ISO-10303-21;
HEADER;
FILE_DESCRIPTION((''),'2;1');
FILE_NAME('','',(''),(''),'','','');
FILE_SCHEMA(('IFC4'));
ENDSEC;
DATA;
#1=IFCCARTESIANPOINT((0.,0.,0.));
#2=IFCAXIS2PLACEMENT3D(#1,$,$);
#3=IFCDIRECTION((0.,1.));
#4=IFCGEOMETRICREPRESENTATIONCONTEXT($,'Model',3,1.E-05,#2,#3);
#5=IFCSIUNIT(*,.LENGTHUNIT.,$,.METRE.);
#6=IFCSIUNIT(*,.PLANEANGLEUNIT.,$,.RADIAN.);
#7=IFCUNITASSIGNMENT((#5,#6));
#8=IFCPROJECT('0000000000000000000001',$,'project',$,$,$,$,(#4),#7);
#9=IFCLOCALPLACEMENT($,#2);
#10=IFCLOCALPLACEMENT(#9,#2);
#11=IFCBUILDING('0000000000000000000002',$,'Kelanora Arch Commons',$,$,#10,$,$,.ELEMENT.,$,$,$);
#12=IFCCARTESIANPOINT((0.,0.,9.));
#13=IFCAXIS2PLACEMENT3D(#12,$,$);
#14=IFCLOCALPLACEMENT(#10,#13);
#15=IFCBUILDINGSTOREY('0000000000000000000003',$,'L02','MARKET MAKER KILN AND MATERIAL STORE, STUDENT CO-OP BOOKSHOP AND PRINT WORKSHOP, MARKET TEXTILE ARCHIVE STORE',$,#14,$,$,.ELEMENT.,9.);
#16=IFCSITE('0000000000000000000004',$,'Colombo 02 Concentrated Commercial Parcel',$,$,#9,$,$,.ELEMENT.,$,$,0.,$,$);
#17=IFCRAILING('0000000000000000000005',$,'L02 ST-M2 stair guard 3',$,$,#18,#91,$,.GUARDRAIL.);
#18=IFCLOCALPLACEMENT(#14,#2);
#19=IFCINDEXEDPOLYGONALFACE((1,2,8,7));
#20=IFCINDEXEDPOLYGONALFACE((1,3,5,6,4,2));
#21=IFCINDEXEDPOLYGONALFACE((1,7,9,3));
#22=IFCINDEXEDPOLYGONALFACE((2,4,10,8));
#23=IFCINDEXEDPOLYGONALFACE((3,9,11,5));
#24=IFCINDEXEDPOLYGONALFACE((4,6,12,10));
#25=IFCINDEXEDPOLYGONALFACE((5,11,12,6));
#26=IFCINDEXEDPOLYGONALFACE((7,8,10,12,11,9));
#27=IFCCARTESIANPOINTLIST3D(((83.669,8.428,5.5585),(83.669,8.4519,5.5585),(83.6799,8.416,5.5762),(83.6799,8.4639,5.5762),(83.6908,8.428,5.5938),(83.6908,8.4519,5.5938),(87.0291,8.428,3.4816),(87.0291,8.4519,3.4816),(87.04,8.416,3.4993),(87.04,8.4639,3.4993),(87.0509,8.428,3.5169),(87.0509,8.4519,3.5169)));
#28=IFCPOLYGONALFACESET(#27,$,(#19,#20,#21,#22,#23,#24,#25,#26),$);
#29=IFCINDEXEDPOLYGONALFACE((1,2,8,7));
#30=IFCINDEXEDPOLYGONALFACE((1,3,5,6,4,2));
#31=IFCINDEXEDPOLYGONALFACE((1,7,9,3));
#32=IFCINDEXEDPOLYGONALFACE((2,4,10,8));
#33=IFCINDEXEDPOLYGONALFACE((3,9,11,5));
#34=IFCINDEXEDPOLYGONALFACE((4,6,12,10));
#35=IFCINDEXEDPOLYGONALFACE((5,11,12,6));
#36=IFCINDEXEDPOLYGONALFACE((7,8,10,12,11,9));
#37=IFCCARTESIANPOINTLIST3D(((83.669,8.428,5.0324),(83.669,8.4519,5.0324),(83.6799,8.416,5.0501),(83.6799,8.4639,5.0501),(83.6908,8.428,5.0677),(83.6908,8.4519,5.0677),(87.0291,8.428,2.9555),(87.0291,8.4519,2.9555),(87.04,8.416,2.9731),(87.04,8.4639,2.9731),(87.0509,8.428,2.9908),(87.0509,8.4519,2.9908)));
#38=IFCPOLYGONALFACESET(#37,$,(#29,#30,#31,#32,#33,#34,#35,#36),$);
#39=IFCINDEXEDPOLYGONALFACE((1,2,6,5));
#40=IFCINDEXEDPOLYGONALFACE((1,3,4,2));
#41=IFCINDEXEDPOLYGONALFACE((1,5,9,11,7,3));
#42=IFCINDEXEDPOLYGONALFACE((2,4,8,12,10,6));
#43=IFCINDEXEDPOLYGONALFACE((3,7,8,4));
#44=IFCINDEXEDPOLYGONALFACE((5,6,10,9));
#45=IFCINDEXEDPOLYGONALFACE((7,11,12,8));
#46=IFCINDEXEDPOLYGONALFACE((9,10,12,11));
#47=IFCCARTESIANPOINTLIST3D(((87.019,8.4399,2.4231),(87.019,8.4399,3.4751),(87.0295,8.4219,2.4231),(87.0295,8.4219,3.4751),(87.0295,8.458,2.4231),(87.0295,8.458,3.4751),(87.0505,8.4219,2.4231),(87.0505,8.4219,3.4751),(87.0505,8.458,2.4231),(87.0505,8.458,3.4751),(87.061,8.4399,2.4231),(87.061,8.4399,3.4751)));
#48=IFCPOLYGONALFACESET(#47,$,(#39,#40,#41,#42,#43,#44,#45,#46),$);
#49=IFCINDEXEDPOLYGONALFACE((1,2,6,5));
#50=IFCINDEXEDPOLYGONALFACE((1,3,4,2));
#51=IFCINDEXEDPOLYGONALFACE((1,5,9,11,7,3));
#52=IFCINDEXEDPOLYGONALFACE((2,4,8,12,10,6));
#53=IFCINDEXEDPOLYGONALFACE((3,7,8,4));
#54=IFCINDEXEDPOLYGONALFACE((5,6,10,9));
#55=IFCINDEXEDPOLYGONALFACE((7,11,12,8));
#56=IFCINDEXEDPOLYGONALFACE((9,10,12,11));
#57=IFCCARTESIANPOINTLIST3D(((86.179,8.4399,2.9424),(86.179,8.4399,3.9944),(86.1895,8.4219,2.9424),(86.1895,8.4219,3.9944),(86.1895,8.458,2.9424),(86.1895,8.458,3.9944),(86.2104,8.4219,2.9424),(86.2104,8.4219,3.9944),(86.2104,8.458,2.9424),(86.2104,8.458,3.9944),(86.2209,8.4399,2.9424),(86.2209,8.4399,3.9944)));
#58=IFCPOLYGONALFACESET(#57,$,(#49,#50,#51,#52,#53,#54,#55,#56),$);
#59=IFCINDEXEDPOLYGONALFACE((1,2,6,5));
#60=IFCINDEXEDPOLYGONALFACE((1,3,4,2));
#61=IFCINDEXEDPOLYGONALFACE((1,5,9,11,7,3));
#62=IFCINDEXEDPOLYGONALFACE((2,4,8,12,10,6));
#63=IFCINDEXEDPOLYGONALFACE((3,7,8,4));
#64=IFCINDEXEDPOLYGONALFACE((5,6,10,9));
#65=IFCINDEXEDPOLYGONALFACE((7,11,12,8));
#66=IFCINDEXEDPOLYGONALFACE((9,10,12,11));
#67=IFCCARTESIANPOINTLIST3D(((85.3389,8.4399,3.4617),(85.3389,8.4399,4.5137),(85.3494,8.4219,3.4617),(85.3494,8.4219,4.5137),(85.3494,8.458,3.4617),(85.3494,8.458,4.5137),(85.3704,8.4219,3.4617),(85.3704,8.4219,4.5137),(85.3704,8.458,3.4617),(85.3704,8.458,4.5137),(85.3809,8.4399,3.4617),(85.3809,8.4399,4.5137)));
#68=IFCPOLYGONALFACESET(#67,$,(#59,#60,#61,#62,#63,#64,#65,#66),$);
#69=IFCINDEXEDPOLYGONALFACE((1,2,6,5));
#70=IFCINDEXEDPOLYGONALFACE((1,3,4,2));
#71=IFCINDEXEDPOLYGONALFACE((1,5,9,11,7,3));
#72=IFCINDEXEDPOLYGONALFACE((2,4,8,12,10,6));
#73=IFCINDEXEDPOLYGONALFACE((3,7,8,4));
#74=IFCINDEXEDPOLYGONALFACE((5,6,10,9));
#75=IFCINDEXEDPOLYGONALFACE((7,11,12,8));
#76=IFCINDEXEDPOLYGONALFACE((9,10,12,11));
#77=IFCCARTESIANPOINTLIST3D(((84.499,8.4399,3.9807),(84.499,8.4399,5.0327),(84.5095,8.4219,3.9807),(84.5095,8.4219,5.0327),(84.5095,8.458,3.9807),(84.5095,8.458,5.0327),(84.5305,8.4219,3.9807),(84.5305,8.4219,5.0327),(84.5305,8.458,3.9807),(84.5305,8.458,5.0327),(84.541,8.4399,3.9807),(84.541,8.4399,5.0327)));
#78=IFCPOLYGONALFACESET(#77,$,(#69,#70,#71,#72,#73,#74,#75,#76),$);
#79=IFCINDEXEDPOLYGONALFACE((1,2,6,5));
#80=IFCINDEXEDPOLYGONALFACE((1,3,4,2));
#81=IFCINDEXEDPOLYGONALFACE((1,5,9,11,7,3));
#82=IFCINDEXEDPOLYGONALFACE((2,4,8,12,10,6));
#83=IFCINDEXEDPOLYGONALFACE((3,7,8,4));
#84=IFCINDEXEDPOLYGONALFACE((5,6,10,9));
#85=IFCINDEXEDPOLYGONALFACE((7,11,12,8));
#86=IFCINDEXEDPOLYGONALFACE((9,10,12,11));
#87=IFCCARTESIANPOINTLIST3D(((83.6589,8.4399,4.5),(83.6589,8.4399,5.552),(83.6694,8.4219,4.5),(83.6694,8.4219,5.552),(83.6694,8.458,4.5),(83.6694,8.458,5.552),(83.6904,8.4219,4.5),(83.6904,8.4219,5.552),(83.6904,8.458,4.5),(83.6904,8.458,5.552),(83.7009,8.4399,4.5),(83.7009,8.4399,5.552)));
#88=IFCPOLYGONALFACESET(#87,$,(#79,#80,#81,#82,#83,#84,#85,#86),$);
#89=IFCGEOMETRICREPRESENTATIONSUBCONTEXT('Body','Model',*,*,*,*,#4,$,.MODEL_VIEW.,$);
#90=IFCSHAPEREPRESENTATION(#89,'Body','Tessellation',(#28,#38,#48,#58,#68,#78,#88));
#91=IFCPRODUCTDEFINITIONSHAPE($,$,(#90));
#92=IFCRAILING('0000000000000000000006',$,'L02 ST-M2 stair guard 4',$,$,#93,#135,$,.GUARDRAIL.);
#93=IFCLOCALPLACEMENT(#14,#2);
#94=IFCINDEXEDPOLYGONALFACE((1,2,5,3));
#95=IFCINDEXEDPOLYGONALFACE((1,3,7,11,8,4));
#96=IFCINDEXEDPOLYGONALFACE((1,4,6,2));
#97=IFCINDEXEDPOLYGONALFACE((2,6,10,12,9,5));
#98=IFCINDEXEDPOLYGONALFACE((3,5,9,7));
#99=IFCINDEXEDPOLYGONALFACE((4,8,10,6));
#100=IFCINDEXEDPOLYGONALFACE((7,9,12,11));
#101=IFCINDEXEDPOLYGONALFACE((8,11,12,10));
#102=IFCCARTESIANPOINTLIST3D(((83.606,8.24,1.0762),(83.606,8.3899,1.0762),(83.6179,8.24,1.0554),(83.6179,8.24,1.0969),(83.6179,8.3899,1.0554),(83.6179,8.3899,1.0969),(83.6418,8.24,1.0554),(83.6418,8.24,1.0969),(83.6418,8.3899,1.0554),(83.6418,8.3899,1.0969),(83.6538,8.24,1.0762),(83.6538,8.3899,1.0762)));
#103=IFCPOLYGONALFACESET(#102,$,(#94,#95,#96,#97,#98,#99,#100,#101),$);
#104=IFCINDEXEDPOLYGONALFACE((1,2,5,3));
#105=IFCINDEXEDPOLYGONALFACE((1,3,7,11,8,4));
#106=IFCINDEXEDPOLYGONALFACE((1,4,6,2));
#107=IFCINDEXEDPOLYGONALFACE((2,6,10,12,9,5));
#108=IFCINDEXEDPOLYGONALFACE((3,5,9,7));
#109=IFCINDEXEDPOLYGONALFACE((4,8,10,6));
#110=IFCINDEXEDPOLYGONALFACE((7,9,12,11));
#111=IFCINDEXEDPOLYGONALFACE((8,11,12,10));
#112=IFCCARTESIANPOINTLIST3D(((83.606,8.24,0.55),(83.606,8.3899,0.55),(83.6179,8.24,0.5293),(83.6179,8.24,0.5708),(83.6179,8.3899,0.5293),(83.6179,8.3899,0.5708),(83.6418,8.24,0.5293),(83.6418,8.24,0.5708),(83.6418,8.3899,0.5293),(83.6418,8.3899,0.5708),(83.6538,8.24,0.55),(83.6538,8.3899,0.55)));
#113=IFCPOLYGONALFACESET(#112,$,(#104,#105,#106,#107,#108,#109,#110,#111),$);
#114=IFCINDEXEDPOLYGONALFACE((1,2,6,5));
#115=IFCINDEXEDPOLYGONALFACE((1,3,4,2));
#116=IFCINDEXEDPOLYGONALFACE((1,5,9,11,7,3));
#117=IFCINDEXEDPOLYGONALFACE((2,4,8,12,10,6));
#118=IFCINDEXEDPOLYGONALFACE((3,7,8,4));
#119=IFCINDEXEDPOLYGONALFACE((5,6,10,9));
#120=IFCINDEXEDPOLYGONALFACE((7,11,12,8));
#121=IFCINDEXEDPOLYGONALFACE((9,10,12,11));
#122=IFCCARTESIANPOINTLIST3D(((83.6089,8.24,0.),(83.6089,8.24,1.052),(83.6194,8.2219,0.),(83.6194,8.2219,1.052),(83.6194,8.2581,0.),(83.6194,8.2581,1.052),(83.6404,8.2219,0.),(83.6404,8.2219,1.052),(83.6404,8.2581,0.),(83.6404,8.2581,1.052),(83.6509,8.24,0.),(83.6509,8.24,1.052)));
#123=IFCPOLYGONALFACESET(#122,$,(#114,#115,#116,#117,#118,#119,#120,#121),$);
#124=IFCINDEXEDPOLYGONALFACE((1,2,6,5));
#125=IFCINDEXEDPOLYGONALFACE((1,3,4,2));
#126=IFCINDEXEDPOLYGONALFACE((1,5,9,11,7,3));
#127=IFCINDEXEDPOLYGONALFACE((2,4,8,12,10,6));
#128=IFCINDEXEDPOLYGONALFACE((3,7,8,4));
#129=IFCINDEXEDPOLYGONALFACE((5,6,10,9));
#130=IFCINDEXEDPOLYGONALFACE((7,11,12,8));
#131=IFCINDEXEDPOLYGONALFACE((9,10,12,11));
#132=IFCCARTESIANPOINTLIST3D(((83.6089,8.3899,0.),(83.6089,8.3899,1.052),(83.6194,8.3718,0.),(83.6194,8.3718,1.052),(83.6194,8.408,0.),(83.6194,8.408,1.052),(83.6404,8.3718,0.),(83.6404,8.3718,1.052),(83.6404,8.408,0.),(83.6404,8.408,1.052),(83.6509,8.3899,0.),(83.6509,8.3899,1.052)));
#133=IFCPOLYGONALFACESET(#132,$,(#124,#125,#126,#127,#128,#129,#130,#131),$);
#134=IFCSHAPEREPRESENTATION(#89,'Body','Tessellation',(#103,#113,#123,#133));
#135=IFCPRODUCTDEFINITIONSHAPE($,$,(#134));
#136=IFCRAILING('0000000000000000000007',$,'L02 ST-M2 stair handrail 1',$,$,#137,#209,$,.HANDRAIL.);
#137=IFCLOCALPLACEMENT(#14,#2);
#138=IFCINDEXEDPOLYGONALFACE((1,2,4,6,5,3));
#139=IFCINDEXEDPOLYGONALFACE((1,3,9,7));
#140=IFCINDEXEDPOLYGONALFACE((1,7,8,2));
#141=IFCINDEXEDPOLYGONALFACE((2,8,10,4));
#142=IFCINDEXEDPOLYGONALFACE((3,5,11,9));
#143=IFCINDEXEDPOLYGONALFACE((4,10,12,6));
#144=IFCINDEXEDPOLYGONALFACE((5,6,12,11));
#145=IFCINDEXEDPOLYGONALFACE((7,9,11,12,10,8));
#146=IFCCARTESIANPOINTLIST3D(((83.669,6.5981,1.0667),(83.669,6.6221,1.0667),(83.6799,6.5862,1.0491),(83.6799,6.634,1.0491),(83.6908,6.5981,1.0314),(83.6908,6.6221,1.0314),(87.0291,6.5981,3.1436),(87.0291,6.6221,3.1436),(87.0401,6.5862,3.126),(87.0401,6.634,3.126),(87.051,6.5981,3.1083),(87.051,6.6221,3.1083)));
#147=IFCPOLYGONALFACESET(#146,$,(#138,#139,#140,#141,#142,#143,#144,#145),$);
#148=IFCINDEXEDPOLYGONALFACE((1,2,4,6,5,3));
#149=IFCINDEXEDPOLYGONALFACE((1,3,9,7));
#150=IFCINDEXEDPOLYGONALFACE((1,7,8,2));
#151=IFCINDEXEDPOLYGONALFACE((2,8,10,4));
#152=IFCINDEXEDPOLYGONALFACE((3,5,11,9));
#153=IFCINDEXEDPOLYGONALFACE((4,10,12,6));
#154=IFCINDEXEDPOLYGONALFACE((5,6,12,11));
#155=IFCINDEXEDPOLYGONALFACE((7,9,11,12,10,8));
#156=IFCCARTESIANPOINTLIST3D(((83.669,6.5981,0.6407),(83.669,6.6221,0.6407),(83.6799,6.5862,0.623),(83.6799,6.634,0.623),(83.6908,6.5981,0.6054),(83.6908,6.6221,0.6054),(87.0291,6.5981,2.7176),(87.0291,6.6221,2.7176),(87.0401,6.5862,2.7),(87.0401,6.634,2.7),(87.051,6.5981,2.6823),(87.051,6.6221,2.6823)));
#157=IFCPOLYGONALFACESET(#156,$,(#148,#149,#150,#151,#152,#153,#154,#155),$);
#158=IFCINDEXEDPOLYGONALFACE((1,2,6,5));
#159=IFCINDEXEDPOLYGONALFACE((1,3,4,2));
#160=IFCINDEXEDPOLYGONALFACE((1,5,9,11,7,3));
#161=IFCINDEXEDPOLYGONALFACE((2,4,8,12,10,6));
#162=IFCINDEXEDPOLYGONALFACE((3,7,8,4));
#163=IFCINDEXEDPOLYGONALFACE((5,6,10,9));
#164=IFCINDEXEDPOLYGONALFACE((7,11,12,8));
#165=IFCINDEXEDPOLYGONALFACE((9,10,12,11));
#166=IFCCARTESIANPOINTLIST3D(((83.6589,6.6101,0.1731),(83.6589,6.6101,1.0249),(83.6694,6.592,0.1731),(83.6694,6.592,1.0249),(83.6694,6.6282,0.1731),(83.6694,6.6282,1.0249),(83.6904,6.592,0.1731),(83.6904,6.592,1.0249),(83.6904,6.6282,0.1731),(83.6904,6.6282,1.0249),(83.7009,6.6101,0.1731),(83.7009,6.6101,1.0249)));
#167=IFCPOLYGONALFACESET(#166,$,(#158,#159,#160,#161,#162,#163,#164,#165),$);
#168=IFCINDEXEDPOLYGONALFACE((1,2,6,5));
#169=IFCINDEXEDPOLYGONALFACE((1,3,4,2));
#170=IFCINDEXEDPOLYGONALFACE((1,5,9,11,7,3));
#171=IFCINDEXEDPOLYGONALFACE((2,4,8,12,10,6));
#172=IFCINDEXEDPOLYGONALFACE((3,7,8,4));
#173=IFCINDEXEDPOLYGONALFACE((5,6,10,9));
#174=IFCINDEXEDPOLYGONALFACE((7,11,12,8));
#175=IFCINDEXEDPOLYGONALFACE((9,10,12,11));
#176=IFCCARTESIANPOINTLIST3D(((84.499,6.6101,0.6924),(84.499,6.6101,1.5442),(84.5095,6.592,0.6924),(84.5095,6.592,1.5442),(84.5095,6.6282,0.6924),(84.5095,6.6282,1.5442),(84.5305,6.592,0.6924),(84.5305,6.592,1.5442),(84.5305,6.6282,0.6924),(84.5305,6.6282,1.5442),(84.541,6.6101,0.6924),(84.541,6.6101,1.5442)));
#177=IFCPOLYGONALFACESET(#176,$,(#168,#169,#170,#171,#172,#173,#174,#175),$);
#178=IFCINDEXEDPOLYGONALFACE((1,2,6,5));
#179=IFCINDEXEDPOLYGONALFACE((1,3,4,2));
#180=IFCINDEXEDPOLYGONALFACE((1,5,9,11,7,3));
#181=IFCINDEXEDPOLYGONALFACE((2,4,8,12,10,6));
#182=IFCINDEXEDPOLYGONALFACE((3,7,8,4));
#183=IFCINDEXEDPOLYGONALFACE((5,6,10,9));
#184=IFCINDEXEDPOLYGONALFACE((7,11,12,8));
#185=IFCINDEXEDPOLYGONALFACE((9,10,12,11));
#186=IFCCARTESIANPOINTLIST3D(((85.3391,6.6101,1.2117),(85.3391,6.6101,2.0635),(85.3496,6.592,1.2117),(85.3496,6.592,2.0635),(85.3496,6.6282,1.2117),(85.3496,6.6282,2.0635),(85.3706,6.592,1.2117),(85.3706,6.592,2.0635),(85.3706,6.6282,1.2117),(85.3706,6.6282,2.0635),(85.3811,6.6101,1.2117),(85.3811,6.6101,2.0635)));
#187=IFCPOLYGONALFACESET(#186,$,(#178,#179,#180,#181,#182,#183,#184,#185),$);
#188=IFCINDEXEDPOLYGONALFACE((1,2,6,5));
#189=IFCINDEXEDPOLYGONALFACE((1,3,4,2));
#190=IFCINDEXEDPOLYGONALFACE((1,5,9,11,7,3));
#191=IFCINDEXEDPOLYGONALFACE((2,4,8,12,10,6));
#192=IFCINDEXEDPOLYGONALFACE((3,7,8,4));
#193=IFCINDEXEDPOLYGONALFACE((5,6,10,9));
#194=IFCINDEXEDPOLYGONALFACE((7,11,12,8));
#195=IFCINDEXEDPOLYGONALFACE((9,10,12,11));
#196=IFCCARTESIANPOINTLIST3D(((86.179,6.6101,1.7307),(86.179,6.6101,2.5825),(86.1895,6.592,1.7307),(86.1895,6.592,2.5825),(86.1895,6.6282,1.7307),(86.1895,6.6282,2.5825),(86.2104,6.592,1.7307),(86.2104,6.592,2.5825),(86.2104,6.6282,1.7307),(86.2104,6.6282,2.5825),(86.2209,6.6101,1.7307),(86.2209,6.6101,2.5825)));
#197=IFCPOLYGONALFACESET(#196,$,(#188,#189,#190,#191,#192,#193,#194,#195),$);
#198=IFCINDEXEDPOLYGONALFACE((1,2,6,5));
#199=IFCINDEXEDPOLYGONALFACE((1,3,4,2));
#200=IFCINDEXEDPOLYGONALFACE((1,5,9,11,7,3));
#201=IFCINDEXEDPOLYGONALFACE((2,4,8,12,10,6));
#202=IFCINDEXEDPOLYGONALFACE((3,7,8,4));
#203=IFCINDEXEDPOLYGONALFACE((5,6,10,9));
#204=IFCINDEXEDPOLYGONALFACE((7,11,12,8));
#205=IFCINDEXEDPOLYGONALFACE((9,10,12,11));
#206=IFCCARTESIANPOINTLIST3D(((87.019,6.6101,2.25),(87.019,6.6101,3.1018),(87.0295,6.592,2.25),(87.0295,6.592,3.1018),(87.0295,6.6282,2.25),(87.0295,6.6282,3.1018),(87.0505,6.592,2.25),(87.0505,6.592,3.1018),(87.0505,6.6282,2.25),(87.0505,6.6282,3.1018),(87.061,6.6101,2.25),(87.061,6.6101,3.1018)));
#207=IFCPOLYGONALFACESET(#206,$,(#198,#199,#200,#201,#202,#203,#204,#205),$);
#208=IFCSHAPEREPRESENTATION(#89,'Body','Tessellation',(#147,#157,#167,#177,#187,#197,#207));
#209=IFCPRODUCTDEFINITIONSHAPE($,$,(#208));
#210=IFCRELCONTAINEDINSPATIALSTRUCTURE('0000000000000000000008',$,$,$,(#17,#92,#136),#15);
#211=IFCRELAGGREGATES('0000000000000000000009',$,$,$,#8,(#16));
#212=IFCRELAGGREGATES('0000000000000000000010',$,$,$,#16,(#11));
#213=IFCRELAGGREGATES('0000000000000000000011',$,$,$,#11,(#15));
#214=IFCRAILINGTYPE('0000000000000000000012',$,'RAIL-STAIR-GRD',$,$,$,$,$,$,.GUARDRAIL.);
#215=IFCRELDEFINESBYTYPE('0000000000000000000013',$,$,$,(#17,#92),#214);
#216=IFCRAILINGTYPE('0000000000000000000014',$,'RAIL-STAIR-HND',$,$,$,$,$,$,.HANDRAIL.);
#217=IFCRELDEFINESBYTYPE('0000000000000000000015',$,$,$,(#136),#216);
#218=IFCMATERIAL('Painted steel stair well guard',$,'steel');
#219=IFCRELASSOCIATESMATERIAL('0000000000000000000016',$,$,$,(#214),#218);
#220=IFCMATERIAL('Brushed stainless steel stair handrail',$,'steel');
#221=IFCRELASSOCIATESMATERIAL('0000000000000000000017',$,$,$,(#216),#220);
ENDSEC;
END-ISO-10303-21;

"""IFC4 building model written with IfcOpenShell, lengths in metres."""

from ifc_helpers import new_model, si_unit, direction, frame, origin, place, context, subcontext, project, spatial, polyline, outline, extrude, material, type_object, element, save


model = new_model("IFC4")

# Units and contexts
model_context = context("Model", 3, precision=1e-05, world=origin(), true_north=direction((0.0, 1.0)))
body_context = subcontext(model_context, "Body", "Model", "MODEL_VIEW")
ifc_project = project(units=[si_unit("LENGTHUNIT", "METRE"), si_unit("PLANEANGLEUNIT", "RADIAN")], contexts=[model_context])

# Site, building, storey
site_placement = place(None, origin())
site = spatial("IfcSite", under=ifc_project, at=site_placement, Name="Colombo 02 Concentrated Commercial Parcel", CompositionType="ELEMENT", RefElevation=0.0)
building_placement = place(site_placement, origin())
building = spatial("IfcBuilding", under=site, at=building_placement, Name="Kelanora Arch Commons", CompositionType="ELEMENT")
storey_placement = place(building_placement, frame((0.0, 0.0, 9.0)))
storey = spatial("IfcBuildingStorey", under=building, at=storey_placement, Name="L02", Description="MARKET MAKER KILN AND MATERIAL STORE, STUDENT CO-OP BOOKSHOP AND PRINT WORKSHOP, MARKET TEXTILE ARCHIVE STORE", CompositionType="ELEMENT", Elevation=9.0)

# Railings
ifc_material_1 = material(Name="Painted steel stair well guard", Category="steel")
railing_type_1 = type_object("IfcRailingType", Name="RAIL-STAIR-GRD", PredefinedType="GUARDRAIL", material=ifc_material_1)
railing_1_placement = place(storey_placement, frame((87.04, 8.4399, 2.4231)))
element("IfcRailing", 1, at=railing_1_placement, inside=storey, type_object=railing_type_1, Name="L02 ST-M2 stair guard 3", PredefinedType="GUARDRAIL", context=body_context, shape_type="SweptSolid", body=[
    extrude(outline(polyline([(0.0239, 0.0), (0.012, 0.0208), (-0.012, 0.0208), (-0.0239, 0.0), (-0.012, -0.0208), (0.012, -0.0208), (0.0239, 0.0)])), frame((0.0, 0.0, 1.0762), z_axis=(-0.850623, 0.0, 0.525776), x_axis=(0.0, -1.0, 0.0)), (0.0, 0.0, 1.0), 3.9502),
    extrude(outline(polyline([(0.0239, 0.0), (0.012, 0.0208), (-0.012, 0.0208), (-0.0239, 0.0), (-0.012, -0.0208), (0.012, -0.0208), (0.0239, 0.0)])), frame((0.0, 0.0, 0.55), z_axis=(-0.850623, 0.0, 0.525776), x_axis=(0.0, -1.0, 0.0)), (0.0, 0.0, 1.0), 3.9502),
    extrude(outline(polyline([(0.021, 0.0), (0.0105, 0.0181), (-0.0105, 0.0181), (-0.021, 0.0), (-0.0105, -0.0181), (0.0105, -0.0181), (0.021, 0.0)])), origin(), (0.0, 0.0, 1.0), 1.052),
    extrude(outline(polyline([(0.021, 0.0), (0.0105, 0.0181), (-0.0105, 0.0181), (-0.021, 0.0), (-0.0105, -0.0181), (0.0105, -0.0181), (0.021, 0.0)])), frame((-0.8401, 0.0, 0.5193)), (0.0, 0.0, 1.0), 1.052),
    extrude(outline(polyline([(0.021, 0.0), (0.0105, 0.0181), (-0.0105, 0.0181), (-0.021, 0.0), (-0.0105, -0.0181), (0.0105, -0.0181), (0.021, 0.0)])), frame((-1.6802, 0.0, 1.0386)), (0.0, 0.0, 1.0), 1.052),
    extrude(outline(polyline([(0.021, 0.0), (0.0105, 0.0181), (-0.0105, 0.0181), (-0.021, 0.0), (-0.0105, -0.0181), (0.0105, -0.0181), (0.021, 0.0)])), frame((-2.52, 0.0, 1.5576)), (0.0, 0.0, 1.0), 1.052),
    extrude(outline(polyline([(0.021, 0.0), (0.0105, 0.0181), (-0.0105, 0.0181), (-0.021, 0.0), (-0.0105, -0.0181), (0.0105, -0.0181), (0.021, 0.0)])), frame((-3.3601, 0.0, 2.0769)), (0.0, 0.0, 1.0), 1.052),
])
railing_2_placement = place(storey_placement, frame((83.6299, 8.24, 0.0)))
element("IfcRailing", 2, at=railing_2_placement, inside=storey, type_object=railing_type_1, Name="L02 ST-M2 stair guard 4", PredefinedType="GUARDRAIL", context=body_context, shape_type="SweptSolid", body=[
    extrude(outline(polyline([(0.0239, 0.0), (0.012, 0.0208), (-0.012, 0.0208), (-0.0239, 0.0), (-0.012, -0.0208), (0.012, -0.0208), (0.0239, 0.0)])), frame((0.0, 0.0, 1.0762), z_axis=(0.0, 1.0, 0.0), x_axis=(-1.0, 0.0, 0.0)), (0.0, 0.0, 1.0), 0.1499),
    extrude(outline(polyline([(0.0239, 0.0), (0.012, 0.0208), (-0.012, 0.0208), (-0.0239, 0.0), (-0.012, -0.0208), (0.012, -0.0208), (0.0239, 0.0)])), frame((0.0, 0.0, 0.55), z_axis=(0.0, 1.0, 0.0), x_axis=(-1.0, 0.0, 0.0)), (0.0, 0.0, 1.0), 0.1499),
    extrude(outline(polyline([(0.021, 0.0), (0.0105, 0.0181), (-0.0105, 0.0181), (-0.021, 0.0), (-0.0105, -0.0181), (0.0105, -0.0181), (0.021, 0.0)])), origin(), (0.0, 0.0, 1.0), 1.052),
    extrude(outline(polyline([(0.021, 0.0), (0.0105, 0.0181), (-0.0105, 0.0181), (-0.021, 0.0), (-0.0105, -0.0181), (0.0105, -0.0181), (0.021, 0.0)])), frame((0.0, 0.1499, 0.0)), (0.0, 0.0, 1.0), 1.052),
])
ifc_material_2 = material(Name="Brushed stainless steel stair handrail", Category="steel")
railing_type_2 = type_object("IfcRailingType", Name="RAIL-STAIR-HND", PredefinedType="HANDRAIL", material=ifc_material_2)
railing_3_placement = place(storey_placement, frame((83.6799, 6.6101, 0.1731)))
element("IfcRailing", 3, at=railing_3_placement, inside=storey, type_object=railing_type_2, Name="L02 ST-M2 stair handrail 1", PredefinedType="HANDRAIL", context=body_context, shape_type="SweptSolid", body=[
    extrude(outline(polyline([(0.0239, 0.0), (0.012, 0.0208), (-0.012, 0.0208), (-0.0239, 0.0), (-0.012, -0.0208), (0.012, -0.0208), (0.0239, 0.0)])), frame((0.0, 0.0, 0.876), z_axis=(0.850623, 0.0, 0.525776), x_axis=(0.0, 1.0, 0.0)), (0.0, 0.0, 1.0), 3.9502),
    extrude(outline(polyline([(0.0239, 0.0), (0.012, 0.0208), (-0.012, 0.0208), (-0.0239, 0.0), (-0.012, -0.0208), (0.012, -0.0208), (0.0239, 0.0)])), frame((0.0, 0.0, 0.45), z_axis=(0.850623, 0.0, 0.525776), x_axis=(0.0, 1.0, 0.0)), (0.0, 0.0, 1.0), 3.9502),
    extrude(outline(polyline([(0.021, 0.0), (0.0105, 0.0181), (-0.0105, 0.0181), (-0.021, 0.0), (-0.0105, -0.0181), (0.0105, -0.0181), (0.021, 0.0)])), origin(), (0.0, 0.0, 1.0), 0.8518),
    extrude(outline(polyline([(0.021, 0.0), (0.0105, 0.0181), (-0.0105, 0.0181), (-0.021, 0.0), (-0.0105, -0.0181), (0.0105, -0.0181), (0.021, 0.0)])), frame((0.8401, 0.0, 0.5193)), (0.0, 0.0, 1.0), 0.8518),
    extrude(outline(polyline([(0.021, 0.0), (0.0105, 0.0181), (-0.0105, 0.0181), (-0.021, 0.0), (-0.0105, -0.0181), (0.0105, -0.0181), (0.021, 0.0)])), frame((1.6802, 0.0, 1.0386)), (0.0, 0.0, 1.0), 0.8518),
    extrude(outline(polyline([(0.021, 0.0), (0.0105, 0.0181), (-0.0105, 0.0181), (-0.021, 0.0), (-0.0105, -0.0181), (0.0105, -0.0181), (0.021, 0.0)])), frame((2.52, 0.0, 1.5576)), (0.0, 0.0, 1.0), 0.8518),
    extrude(outline(polyline([(0.021, 0.0), (0.0105, 0.0181), (-0.0105, 0.0181), (-0.021, 0.0), (-0.0105, -0.0181), (0.0105, -0.0181), (0.021, 0.0)])), frame((3.3601, 0.0, 2.0769)), (0.0, 0.0, 1.0), 0.8518),
])

save(model, "model.ifc")
